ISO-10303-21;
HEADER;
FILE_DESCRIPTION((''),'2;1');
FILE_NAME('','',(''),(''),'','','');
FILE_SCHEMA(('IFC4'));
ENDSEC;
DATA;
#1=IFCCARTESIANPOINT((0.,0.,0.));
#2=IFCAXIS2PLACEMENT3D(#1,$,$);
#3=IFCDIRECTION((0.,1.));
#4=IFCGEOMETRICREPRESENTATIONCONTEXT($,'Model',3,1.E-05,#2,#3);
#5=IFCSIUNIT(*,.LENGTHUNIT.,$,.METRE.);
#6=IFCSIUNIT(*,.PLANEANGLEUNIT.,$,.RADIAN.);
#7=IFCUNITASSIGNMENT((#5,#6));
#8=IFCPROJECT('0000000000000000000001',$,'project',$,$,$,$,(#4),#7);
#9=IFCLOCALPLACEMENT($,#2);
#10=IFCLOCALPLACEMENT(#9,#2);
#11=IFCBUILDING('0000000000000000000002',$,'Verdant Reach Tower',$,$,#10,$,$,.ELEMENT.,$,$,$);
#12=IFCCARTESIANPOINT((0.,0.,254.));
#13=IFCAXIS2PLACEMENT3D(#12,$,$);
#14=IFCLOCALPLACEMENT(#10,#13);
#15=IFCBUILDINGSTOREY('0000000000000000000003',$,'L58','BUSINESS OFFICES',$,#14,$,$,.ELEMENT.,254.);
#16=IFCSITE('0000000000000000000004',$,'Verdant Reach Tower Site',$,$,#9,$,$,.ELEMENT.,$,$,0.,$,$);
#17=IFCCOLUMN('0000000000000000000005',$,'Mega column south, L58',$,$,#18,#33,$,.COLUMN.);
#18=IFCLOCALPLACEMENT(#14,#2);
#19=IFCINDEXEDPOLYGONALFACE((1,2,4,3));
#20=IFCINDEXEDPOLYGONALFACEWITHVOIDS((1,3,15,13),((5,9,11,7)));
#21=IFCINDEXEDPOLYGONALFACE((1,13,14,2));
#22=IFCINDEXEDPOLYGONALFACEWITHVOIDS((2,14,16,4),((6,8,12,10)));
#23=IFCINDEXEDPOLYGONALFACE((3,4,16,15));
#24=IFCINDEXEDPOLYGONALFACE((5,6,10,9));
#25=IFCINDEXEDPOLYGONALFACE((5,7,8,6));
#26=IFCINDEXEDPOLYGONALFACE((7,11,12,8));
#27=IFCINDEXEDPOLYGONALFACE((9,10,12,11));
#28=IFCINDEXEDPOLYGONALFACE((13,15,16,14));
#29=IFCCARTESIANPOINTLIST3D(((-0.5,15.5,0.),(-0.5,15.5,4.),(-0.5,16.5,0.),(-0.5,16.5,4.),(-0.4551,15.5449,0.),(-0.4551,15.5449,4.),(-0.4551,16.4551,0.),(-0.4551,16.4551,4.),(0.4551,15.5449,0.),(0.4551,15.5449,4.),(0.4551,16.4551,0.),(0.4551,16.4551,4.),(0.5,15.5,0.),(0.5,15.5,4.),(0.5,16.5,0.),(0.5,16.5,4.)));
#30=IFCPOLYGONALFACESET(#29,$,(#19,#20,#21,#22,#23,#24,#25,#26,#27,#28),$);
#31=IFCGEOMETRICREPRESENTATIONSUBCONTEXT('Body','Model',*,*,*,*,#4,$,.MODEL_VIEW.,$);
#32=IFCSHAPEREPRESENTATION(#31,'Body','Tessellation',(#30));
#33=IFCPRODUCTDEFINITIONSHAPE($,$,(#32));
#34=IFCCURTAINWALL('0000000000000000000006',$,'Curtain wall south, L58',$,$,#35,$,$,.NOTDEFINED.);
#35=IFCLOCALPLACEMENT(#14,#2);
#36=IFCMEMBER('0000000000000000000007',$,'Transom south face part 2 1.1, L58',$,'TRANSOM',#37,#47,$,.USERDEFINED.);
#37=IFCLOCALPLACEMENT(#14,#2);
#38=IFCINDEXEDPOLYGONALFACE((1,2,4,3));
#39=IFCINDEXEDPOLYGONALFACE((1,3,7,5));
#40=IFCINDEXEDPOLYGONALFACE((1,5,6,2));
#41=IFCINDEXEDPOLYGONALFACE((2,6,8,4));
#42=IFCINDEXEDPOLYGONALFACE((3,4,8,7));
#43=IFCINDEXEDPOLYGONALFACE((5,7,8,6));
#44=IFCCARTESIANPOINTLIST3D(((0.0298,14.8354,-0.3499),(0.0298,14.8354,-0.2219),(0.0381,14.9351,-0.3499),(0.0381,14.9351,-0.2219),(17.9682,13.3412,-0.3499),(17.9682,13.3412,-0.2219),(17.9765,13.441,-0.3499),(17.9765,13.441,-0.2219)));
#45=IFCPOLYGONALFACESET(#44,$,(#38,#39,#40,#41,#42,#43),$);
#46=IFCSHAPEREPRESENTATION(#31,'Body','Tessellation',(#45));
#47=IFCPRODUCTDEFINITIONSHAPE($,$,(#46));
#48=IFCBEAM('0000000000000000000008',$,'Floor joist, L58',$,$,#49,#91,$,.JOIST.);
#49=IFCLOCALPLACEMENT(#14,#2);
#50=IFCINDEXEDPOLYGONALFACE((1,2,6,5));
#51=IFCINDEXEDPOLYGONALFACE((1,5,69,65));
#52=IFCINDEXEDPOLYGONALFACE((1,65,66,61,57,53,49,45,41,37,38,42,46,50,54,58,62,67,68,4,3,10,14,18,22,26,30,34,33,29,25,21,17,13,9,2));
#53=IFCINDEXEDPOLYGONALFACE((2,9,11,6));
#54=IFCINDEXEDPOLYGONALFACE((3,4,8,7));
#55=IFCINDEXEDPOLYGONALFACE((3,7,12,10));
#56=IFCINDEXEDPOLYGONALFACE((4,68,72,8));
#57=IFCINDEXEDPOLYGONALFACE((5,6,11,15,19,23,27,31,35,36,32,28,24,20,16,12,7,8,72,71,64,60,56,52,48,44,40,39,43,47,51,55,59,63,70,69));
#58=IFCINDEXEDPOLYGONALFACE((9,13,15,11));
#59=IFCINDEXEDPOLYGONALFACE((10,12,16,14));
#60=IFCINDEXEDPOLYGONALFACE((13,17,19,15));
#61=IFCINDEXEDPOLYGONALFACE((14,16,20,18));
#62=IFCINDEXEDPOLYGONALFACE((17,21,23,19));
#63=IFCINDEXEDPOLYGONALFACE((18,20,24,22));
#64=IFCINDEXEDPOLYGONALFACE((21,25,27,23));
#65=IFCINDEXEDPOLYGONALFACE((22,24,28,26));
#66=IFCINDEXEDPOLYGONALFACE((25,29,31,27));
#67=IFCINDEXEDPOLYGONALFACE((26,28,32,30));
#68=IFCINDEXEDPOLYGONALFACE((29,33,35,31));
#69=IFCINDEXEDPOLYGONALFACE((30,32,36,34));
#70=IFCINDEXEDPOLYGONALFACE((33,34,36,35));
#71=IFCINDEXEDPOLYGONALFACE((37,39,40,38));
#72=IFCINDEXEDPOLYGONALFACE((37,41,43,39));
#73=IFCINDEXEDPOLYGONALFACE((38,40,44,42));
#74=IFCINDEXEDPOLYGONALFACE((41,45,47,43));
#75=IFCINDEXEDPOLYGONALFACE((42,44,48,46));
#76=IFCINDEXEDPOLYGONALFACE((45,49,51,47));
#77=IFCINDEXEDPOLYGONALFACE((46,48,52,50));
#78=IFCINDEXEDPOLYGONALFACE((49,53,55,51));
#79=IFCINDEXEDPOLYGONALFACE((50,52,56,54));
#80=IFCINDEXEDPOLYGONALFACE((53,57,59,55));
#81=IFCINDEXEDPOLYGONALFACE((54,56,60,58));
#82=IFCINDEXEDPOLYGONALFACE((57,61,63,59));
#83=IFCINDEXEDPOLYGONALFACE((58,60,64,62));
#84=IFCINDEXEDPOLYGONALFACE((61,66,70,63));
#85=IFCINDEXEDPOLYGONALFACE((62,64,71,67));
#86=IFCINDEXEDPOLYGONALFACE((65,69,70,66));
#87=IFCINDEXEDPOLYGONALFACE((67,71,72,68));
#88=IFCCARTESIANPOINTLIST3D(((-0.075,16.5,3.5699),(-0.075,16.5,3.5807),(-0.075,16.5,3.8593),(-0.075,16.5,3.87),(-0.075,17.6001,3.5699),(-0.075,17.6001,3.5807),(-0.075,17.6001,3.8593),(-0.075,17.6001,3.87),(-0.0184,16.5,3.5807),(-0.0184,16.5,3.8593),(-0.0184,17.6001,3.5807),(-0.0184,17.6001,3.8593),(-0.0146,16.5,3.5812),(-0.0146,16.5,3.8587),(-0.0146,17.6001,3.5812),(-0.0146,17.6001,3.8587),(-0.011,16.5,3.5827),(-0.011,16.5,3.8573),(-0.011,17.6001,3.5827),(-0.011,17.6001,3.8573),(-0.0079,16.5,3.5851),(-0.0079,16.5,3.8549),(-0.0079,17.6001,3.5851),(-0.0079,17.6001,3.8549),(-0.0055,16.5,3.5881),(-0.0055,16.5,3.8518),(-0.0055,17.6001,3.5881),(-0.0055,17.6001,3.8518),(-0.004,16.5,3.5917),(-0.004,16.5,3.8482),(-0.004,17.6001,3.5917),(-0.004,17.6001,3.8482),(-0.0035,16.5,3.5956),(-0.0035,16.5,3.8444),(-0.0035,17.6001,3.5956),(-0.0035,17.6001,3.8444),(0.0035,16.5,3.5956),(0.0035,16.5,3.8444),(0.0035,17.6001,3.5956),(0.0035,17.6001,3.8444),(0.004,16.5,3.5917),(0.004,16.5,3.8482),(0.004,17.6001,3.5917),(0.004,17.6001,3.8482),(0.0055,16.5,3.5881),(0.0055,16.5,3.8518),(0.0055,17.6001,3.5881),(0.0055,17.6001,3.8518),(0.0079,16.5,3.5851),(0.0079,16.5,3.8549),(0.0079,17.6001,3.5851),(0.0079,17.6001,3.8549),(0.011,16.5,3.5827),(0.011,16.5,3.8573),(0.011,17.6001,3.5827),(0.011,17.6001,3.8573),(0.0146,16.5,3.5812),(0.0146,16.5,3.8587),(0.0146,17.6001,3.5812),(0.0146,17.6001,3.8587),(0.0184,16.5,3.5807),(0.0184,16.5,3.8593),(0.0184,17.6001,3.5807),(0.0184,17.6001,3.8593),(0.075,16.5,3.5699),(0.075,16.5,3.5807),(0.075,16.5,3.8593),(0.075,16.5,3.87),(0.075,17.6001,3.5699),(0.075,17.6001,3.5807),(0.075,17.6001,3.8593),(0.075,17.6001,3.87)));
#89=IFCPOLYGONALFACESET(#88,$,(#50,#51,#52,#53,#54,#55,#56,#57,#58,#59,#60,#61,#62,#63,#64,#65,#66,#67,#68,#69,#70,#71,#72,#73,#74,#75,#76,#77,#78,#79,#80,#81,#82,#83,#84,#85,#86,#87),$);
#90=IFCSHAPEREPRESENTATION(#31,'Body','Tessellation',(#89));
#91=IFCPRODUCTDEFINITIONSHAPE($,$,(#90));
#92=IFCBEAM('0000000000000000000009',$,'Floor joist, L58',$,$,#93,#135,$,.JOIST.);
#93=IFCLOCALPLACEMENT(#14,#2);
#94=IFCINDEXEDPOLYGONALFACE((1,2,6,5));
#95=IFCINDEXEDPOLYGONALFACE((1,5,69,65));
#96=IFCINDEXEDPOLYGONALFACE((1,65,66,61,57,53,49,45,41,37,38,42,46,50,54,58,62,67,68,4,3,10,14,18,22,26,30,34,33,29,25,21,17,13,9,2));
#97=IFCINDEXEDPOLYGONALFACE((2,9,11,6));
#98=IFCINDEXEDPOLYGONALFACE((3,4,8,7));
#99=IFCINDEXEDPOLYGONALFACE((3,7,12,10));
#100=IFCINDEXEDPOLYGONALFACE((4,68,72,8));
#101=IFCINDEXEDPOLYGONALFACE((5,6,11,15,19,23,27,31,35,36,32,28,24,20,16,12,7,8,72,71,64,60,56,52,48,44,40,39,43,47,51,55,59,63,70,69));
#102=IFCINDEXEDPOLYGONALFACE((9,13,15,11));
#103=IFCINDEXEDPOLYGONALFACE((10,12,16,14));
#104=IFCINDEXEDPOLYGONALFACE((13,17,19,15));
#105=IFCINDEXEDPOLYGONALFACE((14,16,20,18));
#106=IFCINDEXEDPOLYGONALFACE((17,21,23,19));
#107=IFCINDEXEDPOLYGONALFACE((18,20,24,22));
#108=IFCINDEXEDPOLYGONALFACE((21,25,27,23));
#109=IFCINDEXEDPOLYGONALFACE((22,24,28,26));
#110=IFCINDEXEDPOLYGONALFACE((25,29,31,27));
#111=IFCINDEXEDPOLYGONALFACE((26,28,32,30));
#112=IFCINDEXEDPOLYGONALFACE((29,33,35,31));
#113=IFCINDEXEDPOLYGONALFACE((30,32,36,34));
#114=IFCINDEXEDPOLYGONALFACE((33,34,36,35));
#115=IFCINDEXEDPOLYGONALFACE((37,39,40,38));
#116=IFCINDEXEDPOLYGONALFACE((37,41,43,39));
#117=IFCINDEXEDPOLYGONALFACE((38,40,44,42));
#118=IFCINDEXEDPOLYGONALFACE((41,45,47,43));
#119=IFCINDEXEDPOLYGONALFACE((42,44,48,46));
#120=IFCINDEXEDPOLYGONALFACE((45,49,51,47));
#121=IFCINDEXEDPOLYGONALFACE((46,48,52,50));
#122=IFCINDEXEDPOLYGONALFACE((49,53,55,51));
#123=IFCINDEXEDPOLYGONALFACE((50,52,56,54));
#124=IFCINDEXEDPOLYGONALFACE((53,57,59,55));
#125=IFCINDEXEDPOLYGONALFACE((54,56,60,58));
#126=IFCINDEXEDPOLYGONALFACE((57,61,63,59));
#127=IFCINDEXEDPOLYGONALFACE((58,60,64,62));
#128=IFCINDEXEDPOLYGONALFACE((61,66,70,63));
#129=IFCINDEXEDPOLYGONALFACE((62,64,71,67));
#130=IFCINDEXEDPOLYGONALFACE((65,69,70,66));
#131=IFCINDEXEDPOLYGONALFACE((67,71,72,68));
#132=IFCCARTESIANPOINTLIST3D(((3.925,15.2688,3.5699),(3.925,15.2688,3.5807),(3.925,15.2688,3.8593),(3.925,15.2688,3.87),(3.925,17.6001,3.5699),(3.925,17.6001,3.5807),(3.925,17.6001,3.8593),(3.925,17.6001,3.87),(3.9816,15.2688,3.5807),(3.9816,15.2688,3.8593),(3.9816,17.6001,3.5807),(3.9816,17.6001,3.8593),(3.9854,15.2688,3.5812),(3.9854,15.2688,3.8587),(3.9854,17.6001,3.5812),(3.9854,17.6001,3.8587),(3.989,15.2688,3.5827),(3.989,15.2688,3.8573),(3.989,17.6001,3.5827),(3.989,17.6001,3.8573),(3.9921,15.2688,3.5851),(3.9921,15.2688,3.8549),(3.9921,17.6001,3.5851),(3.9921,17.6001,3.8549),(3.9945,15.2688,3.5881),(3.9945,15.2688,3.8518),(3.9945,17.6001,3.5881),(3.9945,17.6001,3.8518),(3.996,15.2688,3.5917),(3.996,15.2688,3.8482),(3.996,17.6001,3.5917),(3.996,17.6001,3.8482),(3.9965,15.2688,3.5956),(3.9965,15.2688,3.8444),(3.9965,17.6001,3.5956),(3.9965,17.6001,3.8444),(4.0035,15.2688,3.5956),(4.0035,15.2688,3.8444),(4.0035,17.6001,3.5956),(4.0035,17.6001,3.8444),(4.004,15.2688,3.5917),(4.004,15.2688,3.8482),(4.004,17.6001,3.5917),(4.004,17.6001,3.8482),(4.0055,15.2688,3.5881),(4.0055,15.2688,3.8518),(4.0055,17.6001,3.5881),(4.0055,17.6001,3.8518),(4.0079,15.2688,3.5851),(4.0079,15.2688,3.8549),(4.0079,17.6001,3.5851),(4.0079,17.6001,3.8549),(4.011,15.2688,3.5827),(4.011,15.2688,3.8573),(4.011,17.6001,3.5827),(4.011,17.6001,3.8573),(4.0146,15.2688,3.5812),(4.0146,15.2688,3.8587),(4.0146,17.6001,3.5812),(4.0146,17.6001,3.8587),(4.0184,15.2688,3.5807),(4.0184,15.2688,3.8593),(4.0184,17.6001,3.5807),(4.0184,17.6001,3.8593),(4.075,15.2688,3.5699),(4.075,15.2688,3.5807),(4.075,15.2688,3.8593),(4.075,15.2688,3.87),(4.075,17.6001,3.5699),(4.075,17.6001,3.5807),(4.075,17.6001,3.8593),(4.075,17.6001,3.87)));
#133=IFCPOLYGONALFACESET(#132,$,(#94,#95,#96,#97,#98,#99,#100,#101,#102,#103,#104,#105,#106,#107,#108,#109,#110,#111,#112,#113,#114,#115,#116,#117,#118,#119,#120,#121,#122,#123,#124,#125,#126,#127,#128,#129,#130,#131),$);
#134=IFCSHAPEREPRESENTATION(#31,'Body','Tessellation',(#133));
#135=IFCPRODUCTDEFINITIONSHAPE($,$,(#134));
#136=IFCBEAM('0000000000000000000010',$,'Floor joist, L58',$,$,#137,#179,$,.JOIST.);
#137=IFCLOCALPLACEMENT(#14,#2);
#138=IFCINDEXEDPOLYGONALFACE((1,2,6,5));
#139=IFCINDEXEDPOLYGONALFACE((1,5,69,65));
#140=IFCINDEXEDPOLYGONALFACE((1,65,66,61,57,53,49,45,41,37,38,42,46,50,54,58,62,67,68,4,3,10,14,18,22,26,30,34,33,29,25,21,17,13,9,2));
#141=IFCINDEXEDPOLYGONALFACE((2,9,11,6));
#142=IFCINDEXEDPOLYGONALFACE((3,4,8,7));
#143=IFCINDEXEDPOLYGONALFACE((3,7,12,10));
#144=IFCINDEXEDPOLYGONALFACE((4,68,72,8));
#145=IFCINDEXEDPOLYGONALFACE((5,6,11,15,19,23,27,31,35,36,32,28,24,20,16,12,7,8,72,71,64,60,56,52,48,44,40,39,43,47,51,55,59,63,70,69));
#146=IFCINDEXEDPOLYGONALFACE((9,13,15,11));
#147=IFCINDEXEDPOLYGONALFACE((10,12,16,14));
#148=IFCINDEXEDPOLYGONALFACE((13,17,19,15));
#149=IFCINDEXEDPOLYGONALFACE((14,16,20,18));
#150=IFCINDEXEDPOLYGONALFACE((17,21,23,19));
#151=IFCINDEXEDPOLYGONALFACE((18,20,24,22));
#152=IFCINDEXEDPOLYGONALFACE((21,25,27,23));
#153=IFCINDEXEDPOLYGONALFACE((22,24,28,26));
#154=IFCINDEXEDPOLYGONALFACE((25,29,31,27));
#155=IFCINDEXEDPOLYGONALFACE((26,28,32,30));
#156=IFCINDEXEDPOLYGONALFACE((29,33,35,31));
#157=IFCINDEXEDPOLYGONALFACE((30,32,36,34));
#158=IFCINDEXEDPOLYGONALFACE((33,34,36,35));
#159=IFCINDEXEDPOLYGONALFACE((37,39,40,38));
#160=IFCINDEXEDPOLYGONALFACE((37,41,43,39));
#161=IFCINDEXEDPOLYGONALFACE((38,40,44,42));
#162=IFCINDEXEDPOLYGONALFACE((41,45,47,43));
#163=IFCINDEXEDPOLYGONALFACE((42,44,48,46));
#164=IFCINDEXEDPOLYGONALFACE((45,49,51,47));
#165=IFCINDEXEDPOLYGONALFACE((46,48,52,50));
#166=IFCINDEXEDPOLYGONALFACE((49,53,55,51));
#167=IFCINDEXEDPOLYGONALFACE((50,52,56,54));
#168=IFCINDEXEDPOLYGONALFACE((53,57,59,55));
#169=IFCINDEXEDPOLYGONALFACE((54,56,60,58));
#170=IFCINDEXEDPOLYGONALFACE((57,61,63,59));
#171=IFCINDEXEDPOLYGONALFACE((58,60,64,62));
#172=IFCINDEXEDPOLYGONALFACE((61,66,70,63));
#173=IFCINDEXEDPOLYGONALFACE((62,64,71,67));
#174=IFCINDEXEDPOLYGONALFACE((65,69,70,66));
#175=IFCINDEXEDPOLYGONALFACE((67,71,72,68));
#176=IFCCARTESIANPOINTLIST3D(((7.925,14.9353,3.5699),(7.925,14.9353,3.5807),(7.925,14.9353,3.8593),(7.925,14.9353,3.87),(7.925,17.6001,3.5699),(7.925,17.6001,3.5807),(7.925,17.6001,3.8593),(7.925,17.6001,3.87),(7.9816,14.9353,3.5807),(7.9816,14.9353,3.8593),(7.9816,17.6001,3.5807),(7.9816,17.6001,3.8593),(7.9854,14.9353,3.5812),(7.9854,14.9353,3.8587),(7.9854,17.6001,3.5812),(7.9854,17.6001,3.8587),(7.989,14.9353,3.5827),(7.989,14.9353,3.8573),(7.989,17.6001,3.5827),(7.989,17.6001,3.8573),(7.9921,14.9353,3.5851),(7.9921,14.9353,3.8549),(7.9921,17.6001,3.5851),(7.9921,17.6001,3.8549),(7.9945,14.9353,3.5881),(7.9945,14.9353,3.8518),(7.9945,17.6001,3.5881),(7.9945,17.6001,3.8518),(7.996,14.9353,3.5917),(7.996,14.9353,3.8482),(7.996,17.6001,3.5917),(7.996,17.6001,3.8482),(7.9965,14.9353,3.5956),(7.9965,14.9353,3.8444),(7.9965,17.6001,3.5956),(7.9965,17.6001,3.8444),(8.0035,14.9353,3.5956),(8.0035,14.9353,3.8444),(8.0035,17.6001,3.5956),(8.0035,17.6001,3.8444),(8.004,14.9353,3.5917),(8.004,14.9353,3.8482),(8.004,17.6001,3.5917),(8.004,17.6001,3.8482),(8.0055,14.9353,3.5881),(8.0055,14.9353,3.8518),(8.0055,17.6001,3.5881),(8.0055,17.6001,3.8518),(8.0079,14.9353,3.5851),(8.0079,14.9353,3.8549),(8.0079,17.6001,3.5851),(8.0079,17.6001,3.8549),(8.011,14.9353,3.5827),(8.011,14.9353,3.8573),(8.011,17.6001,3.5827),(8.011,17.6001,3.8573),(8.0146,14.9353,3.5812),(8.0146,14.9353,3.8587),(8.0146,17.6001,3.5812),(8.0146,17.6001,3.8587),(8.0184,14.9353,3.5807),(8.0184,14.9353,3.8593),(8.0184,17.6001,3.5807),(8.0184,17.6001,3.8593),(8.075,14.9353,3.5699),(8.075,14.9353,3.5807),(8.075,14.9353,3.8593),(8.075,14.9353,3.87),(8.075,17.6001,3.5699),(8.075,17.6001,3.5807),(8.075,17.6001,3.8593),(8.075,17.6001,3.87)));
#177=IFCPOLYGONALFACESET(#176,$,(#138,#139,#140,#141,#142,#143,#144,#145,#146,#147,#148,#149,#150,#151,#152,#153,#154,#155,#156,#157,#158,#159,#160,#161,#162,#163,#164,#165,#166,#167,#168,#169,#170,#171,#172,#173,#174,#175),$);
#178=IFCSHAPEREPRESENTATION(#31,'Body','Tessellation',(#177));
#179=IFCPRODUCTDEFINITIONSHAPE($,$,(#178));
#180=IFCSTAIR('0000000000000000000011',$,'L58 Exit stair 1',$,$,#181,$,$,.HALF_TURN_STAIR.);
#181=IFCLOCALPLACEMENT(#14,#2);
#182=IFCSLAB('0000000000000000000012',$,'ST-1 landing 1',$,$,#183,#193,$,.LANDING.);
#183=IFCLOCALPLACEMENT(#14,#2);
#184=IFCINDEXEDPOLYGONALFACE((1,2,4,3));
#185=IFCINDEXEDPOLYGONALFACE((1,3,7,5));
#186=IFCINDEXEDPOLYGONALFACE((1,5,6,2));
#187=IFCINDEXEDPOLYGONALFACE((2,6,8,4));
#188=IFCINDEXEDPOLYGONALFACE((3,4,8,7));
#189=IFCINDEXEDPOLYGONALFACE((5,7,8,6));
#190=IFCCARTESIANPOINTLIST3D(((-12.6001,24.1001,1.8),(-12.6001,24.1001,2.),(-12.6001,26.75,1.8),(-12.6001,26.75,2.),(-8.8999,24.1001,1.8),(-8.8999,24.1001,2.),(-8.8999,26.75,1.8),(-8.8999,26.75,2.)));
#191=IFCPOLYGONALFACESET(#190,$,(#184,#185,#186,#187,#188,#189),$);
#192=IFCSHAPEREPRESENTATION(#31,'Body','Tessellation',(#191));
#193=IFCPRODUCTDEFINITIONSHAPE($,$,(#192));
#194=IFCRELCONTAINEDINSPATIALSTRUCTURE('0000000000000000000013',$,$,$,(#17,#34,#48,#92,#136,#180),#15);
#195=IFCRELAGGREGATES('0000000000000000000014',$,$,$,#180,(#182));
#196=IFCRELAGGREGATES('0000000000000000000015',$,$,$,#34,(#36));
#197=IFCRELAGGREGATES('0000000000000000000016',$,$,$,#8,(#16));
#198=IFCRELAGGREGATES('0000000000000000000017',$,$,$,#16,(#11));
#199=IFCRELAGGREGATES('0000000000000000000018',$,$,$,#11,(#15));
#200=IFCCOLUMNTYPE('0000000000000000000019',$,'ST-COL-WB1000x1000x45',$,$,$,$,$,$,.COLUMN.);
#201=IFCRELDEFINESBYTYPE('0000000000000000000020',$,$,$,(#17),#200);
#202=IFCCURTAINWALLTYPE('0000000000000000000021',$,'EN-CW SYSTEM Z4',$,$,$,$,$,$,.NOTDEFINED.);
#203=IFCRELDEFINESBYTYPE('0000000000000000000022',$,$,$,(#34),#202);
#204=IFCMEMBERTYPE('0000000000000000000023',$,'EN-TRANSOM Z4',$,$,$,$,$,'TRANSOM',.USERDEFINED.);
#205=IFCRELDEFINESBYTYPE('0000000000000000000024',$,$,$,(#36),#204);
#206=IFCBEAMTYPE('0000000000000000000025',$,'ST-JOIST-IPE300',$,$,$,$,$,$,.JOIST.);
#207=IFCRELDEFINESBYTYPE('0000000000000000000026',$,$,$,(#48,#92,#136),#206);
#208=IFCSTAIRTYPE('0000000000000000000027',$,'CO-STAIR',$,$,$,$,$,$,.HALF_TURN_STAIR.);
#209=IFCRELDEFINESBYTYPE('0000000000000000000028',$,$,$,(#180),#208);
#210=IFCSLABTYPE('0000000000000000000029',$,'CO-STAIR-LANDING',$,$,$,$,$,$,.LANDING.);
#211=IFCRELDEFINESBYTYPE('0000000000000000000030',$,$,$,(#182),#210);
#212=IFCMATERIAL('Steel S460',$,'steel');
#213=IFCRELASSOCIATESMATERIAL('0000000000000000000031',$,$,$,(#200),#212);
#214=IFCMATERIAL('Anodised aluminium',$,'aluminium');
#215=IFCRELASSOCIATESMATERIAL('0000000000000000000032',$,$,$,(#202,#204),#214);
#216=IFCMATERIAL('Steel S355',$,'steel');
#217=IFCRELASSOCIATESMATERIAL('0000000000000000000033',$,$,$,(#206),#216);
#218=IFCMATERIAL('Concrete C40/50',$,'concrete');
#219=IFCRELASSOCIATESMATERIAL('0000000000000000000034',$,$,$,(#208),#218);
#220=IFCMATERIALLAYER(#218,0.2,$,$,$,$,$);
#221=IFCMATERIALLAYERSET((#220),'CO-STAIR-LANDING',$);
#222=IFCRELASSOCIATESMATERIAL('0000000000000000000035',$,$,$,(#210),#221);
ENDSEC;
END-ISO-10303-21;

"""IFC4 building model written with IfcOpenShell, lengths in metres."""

from ifc_helpers import new_model, si_unit, direction, frame, origin, origin_2d, place, context, subcontext, project, spatial, polyline, rectangle, hollow_rectangle, i_section, outline, extrude, material, layer, layer_set, material_profile, profile_set, type_object, element, aggregate, save


model = new_model("IFC4")

# Units and contexts
model_context = context("Model", 3, precision=1e-05, world=origin(), true_north=direction((0.0, 1.0)))
body_context = subcontext(model_context, "Body", "Model", "MODEL_VIEW")
ifc_project = project(units=[si_unit("LENGTHUNIT", "METRE"), si_unit("PLANEANGLEUNIT", "RADIAN")], contexts=[model_context])

# Site, building, storey
site_placement = place(None, origin())
site = spatial("IfcSite", under=ifc_project, at=site_placement, Name="Verdant Reach Tower Site", CompositionType="ELEMENT", RefElevation=0.0)
building_placement = place(site_placement, origin())
building = spatial("IfcBuilding", under=site, at=building_placement, Name="Verdant Reach Tower", CompositionType="ELEMENT")
storey_placement = place(building_placement, frame((0.0, 0.0, 254.0)))
storey = spatial("IfcBuildingStorey", under=building, at=storey_placement, Name="L58", Description="BUSINESS OFFICES", CompositionType="ELEMENT", Elevation=254.0)

# Column
ifc_material_1 = material(Name="Steel S460", Category="steel")
ifc_material_profile_1 = material_profile(ifc_material_1, hollow_rectangle(XDim=1.0, YDim=1.0, WallThickness=0.0449, at=origin_2d()), Name="WB 1000x1000x45")
ifc_profile_set_1 = profile_set([ifc_material_profile_1], Name="Steel S460")
column_type = type_object("IfcColumnType", Name="ST-COL-WB1000x1000x45", PredefinedType="COLUMN", material=ifc_profile_set_1)
column_placement = place(storey_placement, frame((0.0, 16.0, 0.0), z_axis=(0.0, 0.0, 1.0), x_axis=(1.0, 0.0, 0.0)))
element("IfcColumn", 1, at=column_placement, inside=storey, type_object=column_type, Name="Mega column south, L58", PredefinedType="COLUMN", context=body_context, shape_type="SweptSolid", body=[
    extrude(hollow_rectangle(XDim=1.0, YDim=1.0, WallThickness=0.0449, at=origin_2d()), origin(), (0.0, 0.0, 1.0), 4.0),
])

# Curtain wall, member
ifc_material_2 = material(Name="Anodised aluminium", Category="aluminium")
curtain_wall_type = type_object("IfcCurtainWallType", Name="EN-CW SYSTEM Z4", PredefinedType="NOTDEFINED", material=ifc_material_2)
curtain_wall_placement = place(storey_placement, origin())
curtain_wall = element("IfcCurtainWall", 2, at=curtain_wall_placement, inside=storey, type_object=curtain_wall_type, Name="Curtain wall south, L58", PredefinedType="NOTDEFINED")
ifc_material_profile_2 = material_profile(ifc_material_2, rectangle(XDim=0.1001, YDim=0.1279, at=origin_2d()), Name="Transom 128x100")
ifc_profile_set_2 = profile_set([ifc_material_profile_2], Name="Anodised aluminium")
member_type = type_object("IfcMemberType", Name="EN-TRANSOM Z4", ElementType="TRANSOM", PredefinedType="USERDEFINED", material=ifc_profile_set_2)
member_placement = place(storey_placement, frame((0.0339, 14.8853, -0.2859), z_axis=(0.996549, -0.083005, 0.0), x_axis=(0.083005, 0.996549, 0.0)))
member = element("IfcMember", 3, at=member_placement, type_object=member_type, Name="Transom south face part 2 1.1, L58", ObjectType="TRANSOM", PredefinedType="USERDEFINED", context=body_context, shape_type="SweptSolid", body=[
    extrude(rectangle(XDim=0.1001, YDim=0.1279, at=origin_2d()), origin(), (0.0, 0.0, 1.0), 18.0005),
])

# Beams
ifc_material_3 = material(Name="Steel S355", Category="steel")
ifc_material_profile_3 = material_profile(ifc_material_3, i_section(OverallWidth=0.1499, OverallDepth=0.3, WebThickness=0.0071, FlangeThickness=0.0107, FilletRadius=0.0149, at=origin_2d()), Name="IPE 300")
ifc_profile_set_3 = profile_set([ifc_material_profile_3], Name="Steel S355")
beam_type = type_object("IfcBeamType", Name="ST-JOIST-IPE300", PredefinedType="JOIST", material=ifc_profile_set_3)
beam_1_placement = place(storey_placement, frame((0.0, 17.6001, 3.72), z_axis=(0.0, -1.0, 0.0), x_axis=(1.0, 0.0, 0.0)))
element("IfcBeam", 4, at=beam_1_placement, inside=storey, type_object=beam_type, Name="Floor joist, L58", PredefinedType="JOIST", context=body_context, shape_type="SweptSolid", body=[
    extrude(i_section(OverallWidth=0.1499, OverallDepth=0.3, WebThickness=0.0071, FlangeThickness=0.0107, FilletRadius=0.0149, at=origin_2d()), origin(), (0.0, 0.0, 1.0), 1.1001),
])
beam_2_placement = place(storey_placement, frame((4.0, 17.6001, 3.72), z_axis=(0.0, -1.0, 0.0), x_axis=(1.0, 0.0, 0.0)))
element("IfcBeam", 5, at=beam_2_placement, inside=storey, type_object=beam_type, Name="Floor joist, L58", PredefinedType="JOIST", context=body_context, shape_type="SweptSolid", body=[
    extrude(i_section(OverallWidth=0.1499, OverallDepth=0.3, WebThickness=0.0071, FlangeThickness=0.0107, FilletRadius=0.0149, at=origin_2d()), origin(), (0.0, 0.0, 1.0), 2.3313),
])
beam_3_placement = place(storey_placement, frame((8.0, 17.6001, 3.72), z_axis=(0.0, -1.0, 0.0), x_axis=(1.0, 0.0, 0.0)))
element("IfcBeam", 6, at=beam_3_placement, inside=storey, type_object=beam_type, Name="Floor joist, L58", PredefinedType="JOIST", context=body_context, shape_type="SweptSolid", body=[
    extrude(i_section(OverallWidth=0.1499, OverallDepth=0.3, WebThickness=0.0071, FlangeThickness=0.0107, FilletRadius=0.0149, at=origin_2d()), origin(), (0.0, 0.0, 1.0), 2.6648),
])

# Stair, slab
ifc_material_4 = material(Name="Concrete C40/50", Category="concrete")
stair_type = type_object("IfcStairType", Name="CO-STAIR", PredefinedType="HALF_TURN_STAIR", material=ifc_material_4)
stair_1_placement = place(storey_placement, origin())
stair_1 = element("IfcStair", 7, at=stair_1_placement, inside=storey, type_object=stair_type, Name="L58 Exit stair 1", PredefinedType="HALF_TURN_STAIR")
ifc_layer_1 = layer(ifc_material_4, 0.2)
ifc_layer_set_1 = layer_set([ifc_layer_1], Name="CO-STAIR-LANDING")
slab_type_1 = type_object("IfcSlabType", Name="CO-STAIR-LANDING", PredefinedType="LANDING", material=ifc_layer_set_1)
slab_1_placement = place(storey_placement, frame((0.0, 0.0, 1.8)))
slab_1 = element("IfcSlab", 8, at=slab_1_placement, type_object=slab_type_1, Name="ST-1 landing 1", PredefinedType="LANDING", context=body_context, shape_type="SweptSolid", body=[
    extrude(outline(polyline([(-12.6001, 26.75), (-12.6001, 24.1001), (-8.8999, 24.1001), (-8.8999, 26.75), (-12.6001, 26.75)])), origin(), (0.0, 0.0, 1.0), 0.2),
])
aggregate(stair_1, [slab_1])

aggregate(curtain_wall, [member])

save(model, "model.ifc")
